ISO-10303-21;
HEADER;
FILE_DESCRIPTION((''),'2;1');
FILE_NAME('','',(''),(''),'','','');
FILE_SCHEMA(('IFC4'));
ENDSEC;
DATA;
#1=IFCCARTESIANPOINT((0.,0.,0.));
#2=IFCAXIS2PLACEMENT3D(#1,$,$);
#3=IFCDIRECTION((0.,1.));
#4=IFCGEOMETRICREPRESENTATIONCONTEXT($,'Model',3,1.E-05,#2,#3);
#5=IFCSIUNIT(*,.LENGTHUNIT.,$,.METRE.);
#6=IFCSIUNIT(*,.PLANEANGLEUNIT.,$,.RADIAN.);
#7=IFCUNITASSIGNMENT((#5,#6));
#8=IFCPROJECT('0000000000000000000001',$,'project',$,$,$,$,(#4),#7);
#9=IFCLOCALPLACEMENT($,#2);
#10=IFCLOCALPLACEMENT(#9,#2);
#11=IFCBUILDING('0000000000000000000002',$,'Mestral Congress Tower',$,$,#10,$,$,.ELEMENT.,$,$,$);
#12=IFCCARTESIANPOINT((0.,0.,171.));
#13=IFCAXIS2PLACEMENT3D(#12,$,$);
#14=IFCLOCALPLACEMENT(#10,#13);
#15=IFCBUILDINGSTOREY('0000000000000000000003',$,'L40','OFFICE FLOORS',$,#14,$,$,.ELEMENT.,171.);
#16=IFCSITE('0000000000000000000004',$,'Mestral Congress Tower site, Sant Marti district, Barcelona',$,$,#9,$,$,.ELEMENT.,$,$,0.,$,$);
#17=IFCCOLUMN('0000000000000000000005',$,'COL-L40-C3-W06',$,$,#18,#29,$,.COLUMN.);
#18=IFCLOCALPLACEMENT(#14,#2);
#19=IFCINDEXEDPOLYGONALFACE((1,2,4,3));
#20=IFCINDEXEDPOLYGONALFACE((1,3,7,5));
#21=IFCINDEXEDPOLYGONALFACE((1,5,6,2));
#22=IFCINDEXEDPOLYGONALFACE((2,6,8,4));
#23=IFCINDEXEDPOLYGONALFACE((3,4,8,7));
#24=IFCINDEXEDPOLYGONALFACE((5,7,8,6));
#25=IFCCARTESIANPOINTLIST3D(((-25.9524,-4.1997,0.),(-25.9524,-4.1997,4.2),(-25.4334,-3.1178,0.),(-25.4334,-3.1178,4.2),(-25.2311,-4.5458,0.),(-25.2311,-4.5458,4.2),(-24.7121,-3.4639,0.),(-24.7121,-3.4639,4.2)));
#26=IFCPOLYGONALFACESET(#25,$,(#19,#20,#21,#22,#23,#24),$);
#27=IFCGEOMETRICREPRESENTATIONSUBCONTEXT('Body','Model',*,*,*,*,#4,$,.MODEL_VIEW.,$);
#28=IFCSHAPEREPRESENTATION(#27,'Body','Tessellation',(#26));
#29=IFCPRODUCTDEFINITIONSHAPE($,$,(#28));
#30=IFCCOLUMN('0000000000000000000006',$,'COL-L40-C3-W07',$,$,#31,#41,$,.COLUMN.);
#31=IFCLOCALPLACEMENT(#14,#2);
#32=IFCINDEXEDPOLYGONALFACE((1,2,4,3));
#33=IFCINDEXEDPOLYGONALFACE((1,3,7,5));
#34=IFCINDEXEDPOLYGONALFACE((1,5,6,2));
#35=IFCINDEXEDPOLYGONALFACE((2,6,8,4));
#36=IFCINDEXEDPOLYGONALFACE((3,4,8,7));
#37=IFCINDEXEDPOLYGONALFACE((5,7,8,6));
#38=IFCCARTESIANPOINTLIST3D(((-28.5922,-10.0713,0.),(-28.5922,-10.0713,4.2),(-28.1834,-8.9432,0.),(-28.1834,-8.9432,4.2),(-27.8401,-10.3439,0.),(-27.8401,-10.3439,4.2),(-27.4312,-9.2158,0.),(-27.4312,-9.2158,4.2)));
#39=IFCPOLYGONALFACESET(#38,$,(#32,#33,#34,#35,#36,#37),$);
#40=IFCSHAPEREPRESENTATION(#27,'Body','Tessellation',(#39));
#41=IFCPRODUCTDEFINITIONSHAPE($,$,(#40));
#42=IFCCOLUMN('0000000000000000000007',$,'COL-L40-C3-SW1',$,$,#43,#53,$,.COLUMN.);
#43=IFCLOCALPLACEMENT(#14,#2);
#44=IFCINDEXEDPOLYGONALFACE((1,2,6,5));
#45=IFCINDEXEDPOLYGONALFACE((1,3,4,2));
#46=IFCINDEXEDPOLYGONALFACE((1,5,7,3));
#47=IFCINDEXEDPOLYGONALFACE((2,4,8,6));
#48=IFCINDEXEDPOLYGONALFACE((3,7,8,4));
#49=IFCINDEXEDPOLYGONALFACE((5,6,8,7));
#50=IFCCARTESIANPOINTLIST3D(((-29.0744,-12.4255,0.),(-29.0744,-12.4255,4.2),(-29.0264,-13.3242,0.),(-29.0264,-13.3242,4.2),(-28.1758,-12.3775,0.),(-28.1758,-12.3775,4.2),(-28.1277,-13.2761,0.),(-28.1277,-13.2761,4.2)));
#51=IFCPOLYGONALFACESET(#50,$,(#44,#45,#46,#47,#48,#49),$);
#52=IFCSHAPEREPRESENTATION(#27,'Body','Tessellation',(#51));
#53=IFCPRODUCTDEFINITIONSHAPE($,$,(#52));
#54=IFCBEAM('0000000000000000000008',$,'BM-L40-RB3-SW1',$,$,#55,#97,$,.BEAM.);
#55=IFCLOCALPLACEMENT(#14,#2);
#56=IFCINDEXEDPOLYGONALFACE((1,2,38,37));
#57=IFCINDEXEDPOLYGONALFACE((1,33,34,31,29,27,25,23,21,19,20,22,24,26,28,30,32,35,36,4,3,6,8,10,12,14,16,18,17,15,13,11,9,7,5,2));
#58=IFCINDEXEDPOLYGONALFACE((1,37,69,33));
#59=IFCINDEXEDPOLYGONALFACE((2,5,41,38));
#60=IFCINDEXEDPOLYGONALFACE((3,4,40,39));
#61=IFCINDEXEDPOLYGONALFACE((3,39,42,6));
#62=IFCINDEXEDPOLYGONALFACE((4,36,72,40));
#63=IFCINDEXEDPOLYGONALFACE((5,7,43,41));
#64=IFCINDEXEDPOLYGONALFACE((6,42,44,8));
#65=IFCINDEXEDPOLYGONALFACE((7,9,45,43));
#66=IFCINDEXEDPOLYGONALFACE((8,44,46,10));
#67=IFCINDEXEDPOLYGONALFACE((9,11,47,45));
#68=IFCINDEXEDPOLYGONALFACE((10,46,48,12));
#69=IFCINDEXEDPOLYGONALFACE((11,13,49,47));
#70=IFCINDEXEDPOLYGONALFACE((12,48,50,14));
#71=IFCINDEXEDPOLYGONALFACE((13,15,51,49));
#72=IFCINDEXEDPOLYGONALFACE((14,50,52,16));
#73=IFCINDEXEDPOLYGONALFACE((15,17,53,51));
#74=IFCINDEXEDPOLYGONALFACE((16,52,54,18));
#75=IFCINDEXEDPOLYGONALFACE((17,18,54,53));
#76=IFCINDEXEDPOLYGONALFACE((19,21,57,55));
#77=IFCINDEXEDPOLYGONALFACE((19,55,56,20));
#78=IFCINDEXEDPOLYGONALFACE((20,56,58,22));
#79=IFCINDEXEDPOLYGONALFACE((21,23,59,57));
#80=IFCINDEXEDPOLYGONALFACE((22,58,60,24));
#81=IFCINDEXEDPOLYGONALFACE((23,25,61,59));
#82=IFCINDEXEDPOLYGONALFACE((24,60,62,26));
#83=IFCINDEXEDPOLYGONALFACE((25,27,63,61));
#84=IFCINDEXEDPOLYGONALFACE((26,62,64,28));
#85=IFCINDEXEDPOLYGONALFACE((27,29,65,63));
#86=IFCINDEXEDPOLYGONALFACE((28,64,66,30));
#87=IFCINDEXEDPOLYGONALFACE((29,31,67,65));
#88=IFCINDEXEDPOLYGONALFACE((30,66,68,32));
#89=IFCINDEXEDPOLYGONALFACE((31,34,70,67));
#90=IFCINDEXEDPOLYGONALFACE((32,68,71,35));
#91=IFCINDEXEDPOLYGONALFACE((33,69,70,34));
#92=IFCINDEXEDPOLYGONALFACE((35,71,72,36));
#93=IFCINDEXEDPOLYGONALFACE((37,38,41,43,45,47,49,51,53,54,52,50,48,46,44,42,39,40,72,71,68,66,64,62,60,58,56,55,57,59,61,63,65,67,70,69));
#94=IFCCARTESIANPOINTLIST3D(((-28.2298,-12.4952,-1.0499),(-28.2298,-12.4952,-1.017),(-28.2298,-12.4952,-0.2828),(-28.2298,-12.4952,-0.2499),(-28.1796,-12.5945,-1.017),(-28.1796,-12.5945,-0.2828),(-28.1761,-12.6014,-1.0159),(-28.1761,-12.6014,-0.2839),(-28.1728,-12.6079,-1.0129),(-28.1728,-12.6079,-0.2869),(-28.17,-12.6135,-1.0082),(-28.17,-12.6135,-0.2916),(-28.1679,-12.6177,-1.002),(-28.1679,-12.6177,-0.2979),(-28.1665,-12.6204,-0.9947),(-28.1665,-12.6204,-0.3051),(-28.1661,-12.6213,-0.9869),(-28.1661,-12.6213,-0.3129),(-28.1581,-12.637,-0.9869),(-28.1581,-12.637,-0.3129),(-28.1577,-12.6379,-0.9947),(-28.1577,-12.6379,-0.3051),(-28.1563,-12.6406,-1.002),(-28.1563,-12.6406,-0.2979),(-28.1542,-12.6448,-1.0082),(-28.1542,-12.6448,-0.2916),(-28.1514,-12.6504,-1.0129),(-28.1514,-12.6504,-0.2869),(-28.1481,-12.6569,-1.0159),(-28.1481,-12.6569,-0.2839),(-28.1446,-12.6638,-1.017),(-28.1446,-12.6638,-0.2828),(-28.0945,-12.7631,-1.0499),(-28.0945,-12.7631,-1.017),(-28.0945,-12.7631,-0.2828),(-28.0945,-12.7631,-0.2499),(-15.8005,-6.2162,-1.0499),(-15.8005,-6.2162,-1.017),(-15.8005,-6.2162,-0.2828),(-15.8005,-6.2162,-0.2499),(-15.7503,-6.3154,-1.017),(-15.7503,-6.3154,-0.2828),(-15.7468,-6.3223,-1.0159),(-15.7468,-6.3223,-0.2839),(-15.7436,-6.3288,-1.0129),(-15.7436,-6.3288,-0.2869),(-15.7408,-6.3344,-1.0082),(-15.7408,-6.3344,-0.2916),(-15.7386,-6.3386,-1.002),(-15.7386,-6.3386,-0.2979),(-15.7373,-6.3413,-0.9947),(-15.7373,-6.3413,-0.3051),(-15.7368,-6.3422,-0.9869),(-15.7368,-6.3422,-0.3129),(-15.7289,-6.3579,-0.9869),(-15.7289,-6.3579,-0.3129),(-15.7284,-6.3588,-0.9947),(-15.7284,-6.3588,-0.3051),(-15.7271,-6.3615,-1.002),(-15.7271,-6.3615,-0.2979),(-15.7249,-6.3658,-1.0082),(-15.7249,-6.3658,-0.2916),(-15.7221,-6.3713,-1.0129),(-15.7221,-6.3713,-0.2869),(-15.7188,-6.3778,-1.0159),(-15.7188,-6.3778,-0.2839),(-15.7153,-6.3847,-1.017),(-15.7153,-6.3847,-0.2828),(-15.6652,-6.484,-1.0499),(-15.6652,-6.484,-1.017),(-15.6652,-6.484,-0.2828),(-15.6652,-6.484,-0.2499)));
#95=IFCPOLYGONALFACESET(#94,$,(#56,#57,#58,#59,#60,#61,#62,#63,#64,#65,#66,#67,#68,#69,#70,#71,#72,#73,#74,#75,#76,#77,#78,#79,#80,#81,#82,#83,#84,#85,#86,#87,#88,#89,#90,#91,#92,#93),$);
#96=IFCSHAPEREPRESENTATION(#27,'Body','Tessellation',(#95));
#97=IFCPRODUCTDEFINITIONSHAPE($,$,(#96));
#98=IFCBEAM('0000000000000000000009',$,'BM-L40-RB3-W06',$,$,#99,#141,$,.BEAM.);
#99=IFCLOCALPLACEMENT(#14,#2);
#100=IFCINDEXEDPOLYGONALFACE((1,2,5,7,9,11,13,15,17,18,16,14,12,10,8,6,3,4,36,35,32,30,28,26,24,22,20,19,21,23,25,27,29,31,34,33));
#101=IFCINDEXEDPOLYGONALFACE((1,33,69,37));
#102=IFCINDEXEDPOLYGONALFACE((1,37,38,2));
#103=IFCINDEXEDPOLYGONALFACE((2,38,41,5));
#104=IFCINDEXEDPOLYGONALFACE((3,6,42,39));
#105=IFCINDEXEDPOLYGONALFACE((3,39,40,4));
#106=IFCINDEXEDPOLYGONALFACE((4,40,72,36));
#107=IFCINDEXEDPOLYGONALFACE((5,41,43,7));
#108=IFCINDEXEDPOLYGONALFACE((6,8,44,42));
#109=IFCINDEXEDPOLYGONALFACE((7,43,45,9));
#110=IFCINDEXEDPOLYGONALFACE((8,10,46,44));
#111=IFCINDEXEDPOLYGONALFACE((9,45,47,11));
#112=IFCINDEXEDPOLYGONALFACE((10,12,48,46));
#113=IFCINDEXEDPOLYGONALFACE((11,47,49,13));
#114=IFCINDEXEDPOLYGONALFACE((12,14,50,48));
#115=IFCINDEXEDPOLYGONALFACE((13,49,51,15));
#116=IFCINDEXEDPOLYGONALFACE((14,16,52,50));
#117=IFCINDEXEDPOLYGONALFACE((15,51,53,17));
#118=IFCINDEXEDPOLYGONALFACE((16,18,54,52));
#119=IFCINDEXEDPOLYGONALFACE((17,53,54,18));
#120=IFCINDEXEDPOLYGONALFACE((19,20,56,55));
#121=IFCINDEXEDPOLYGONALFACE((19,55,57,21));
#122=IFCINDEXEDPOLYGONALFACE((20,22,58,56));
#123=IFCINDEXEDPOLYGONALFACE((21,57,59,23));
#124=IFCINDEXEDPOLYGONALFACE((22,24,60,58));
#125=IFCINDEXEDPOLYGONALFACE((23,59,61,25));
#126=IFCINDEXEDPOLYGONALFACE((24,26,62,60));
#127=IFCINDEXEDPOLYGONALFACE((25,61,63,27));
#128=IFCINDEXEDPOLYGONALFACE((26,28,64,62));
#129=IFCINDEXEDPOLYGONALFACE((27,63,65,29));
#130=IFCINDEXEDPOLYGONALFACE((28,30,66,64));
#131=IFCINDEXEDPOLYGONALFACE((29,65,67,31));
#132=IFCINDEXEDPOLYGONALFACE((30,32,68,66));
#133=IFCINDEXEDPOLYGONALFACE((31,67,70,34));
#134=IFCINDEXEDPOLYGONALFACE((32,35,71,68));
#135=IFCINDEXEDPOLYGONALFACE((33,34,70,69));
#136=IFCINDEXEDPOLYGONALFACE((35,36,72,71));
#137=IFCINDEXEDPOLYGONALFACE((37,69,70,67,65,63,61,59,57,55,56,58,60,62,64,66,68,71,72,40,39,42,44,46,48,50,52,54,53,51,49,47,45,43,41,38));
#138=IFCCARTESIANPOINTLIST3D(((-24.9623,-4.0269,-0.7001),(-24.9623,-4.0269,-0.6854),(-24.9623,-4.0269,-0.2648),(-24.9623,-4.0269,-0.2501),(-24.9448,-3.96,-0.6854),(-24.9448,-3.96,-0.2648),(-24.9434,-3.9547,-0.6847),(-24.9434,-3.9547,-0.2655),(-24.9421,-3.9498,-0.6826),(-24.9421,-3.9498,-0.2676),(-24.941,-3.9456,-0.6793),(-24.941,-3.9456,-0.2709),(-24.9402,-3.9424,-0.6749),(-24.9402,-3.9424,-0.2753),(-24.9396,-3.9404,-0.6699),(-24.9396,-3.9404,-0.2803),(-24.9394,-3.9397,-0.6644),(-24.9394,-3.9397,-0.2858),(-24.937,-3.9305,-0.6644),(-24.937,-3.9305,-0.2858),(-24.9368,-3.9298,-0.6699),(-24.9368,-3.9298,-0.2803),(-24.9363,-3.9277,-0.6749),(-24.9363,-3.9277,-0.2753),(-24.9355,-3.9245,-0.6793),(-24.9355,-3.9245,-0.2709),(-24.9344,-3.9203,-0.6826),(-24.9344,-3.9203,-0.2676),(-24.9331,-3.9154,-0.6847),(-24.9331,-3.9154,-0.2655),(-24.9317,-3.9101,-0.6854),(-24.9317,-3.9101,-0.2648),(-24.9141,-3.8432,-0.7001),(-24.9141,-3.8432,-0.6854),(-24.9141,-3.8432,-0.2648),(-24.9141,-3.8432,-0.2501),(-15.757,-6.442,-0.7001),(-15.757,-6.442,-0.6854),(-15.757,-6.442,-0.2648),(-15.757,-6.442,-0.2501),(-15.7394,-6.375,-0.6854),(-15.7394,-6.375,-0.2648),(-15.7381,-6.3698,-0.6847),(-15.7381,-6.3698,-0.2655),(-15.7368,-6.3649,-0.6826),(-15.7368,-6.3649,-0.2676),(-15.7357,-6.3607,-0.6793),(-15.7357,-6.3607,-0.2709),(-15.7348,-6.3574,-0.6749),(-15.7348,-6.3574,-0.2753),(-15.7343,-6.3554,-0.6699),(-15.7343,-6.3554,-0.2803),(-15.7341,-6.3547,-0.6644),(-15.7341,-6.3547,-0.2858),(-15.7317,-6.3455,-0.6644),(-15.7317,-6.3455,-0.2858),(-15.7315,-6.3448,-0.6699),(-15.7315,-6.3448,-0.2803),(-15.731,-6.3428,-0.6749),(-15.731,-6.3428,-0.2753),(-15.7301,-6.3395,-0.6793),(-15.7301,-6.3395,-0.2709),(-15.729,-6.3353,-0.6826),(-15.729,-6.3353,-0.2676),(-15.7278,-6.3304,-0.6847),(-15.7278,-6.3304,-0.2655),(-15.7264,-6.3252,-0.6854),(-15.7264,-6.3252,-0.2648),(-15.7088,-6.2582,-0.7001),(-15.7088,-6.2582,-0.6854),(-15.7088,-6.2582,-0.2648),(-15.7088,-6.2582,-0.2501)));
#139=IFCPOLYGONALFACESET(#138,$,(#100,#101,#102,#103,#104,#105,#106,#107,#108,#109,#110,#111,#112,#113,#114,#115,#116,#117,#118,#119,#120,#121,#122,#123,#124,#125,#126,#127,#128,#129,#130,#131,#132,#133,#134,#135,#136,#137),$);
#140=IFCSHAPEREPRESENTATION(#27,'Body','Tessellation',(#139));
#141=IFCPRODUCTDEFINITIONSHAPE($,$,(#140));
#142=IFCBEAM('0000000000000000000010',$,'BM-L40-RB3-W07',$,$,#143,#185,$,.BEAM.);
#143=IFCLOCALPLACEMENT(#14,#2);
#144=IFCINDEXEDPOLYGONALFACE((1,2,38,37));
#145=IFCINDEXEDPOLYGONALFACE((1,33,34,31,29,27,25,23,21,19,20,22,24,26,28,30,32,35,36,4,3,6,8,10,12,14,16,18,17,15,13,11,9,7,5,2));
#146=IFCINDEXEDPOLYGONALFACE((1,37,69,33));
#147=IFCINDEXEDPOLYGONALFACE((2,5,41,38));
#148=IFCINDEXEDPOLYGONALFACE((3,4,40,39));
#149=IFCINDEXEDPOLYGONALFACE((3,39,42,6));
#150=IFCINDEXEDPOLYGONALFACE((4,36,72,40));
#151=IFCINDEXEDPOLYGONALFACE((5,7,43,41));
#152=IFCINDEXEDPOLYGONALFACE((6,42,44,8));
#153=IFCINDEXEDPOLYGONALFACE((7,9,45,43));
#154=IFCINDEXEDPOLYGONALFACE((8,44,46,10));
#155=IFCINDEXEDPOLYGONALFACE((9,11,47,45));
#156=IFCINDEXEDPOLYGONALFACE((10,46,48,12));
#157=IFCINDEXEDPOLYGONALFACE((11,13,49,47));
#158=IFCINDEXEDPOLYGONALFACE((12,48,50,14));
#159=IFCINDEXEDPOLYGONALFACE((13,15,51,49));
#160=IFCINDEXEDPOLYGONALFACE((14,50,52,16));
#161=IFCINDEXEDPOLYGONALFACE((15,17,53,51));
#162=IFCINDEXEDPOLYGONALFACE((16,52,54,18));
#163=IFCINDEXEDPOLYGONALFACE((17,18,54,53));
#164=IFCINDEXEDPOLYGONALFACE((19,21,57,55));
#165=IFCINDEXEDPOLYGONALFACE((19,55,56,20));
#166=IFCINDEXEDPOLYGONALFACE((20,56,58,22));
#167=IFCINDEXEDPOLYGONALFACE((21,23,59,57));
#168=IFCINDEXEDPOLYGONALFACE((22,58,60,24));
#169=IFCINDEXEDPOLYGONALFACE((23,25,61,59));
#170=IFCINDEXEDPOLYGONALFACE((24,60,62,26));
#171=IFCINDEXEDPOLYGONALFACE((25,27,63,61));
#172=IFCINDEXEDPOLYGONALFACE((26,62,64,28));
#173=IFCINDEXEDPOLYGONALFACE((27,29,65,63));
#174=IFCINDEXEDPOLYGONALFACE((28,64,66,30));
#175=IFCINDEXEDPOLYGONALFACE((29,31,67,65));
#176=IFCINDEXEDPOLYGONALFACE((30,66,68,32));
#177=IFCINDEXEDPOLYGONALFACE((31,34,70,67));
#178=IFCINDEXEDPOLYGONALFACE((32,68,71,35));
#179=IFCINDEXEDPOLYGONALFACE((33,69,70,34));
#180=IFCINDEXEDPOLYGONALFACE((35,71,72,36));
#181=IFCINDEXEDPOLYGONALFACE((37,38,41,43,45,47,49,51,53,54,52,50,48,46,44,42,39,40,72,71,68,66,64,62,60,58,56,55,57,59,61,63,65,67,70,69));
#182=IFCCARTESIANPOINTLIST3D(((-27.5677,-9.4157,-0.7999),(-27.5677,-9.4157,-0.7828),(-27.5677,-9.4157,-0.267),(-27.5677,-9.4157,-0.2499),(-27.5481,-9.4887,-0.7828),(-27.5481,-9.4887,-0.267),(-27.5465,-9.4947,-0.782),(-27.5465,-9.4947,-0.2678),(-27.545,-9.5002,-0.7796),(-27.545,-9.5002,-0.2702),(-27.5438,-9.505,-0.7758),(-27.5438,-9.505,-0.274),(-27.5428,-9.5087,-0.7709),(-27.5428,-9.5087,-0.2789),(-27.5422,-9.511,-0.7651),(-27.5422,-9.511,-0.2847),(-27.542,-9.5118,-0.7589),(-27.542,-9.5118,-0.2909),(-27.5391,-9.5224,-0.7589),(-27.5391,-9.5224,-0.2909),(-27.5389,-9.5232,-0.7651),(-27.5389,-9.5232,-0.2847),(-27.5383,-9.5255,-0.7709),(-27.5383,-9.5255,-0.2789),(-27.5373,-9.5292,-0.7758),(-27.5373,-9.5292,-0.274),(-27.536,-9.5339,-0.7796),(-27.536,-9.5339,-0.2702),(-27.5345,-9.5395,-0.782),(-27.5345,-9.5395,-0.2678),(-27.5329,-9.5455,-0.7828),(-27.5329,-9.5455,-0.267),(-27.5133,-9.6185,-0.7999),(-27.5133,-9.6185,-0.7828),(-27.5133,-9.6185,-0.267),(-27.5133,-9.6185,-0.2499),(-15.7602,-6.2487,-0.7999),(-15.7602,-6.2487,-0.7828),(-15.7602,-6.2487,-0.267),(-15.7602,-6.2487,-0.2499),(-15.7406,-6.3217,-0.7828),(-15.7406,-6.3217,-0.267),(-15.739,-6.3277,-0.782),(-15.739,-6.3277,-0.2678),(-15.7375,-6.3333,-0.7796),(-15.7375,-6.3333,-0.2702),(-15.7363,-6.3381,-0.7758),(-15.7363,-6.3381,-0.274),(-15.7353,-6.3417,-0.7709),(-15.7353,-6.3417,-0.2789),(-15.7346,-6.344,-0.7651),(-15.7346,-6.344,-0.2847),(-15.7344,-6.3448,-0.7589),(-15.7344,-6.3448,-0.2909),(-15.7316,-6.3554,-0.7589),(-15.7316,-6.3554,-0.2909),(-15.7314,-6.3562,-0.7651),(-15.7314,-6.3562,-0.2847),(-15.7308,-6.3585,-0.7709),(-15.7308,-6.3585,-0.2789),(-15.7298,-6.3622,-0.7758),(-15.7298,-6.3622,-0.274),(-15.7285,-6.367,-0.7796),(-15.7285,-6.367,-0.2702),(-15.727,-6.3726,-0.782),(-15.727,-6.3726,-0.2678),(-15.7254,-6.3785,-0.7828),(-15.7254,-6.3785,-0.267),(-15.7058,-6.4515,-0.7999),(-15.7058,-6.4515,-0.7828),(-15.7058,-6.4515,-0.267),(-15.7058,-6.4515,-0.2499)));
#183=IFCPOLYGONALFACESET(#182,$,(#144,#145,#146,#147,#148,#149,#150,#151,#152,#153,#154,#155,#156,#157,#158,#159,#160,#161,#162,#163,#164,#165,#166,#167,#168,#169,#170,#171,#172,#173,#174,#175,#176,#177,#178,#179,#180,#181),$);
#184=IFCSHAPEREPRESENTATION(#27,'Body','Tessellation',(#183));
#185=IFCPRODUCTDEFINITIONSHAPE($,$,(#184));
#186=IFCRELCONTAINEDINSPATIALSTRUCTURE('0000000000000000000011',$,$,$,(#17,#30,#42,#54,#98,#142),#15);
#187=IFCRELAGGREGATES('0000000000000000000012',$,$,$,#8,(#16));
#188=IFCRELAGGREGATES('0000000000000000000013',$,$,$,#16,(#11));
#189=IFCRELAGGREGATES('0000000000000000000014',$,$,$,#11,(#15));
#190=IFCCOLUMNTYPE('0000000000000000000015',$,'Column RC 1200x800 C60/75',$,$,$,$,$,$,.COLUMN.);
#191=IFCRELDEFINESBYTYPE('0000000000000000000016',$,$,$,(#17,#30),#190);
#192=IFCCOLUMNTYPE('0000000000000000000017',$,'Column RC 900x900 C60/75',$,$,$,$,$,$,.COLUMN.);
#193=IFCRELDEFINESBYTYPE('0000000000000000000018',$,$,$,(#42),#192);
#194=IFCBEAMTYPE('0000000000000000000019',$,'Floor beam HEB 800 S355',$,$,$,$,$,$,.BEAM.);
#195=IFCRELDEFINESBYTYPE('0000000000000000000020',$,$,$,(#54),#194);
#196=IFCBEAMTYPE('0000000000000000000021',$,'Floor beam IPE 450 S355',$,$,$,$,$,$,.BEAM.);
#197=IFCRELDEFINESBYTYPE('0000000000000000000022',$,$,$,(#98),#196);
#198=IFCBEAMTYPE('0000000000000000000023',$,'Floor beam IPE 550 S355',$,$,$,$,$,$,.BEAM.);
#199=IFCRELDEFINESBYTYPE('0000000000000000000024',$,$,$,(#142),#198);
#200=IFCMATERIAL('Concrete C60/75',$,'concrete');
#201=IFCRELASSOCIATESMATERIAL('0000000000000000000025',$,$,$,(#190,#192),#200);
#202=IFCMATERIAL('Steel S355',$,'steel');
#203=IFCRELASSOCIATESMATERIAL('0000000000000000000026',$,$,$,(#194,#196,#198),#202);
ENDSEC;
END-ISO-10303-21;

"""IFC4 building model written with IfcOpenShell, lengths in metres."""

from ifc_helpers import new_model, si_unit, direction, frame, origin, origin_2d, place, context, subcontext, project, spatial, rectangle, i_section, extrude, material, material_profile, profile_set, type_object, element, save


model = new_model("IFC4")

# Units and contexts
model_context = context("Model", 3, precision=1e-05, world=origin(), true_north=direction((0.0, 1.0)))
body_context = subcontext(model_context, "Body", "Model", "MODEL_VIEW")
ifc_project = project(units=[si_unit("LENGTHUNIT", "METRE"), si_unit("PLANEANGLEUNIT", "RADIAN")], contexts=[model_context])

# Site, building, storey
site_placement = place(None, origin())
site = spatial("IfcSite", under=ifc_project, at=site_placement, Name="Mestral Congress Tower site, Sant Marti district, Barcelona", CompositionType="ELEMENT", RefElevation=0.0)
building_placement = place(site_placement, origin())
building = spatial("IfcBuilding", under=site, at=building_placement, Name="Mestral Congress Tower", CompositionType="ELEMENT")
storey_placement = place(building_placement, frame((0.0, 0.0, 171.0)))
storey = spatial("IfcBuildingStorey", under=building, at=storey_placement, Name="L40", Description="OFFICE FLOORS", CompositionType="ELEMENT", Elevation=171.0)

# Columns
ifc_material_1 = material(Name="Concrete C60/75", Category="concrete")
ifc_material_profile_1 = material_profile(ifc_material_1, rectangle(XDim=1.2, YDim=0.8, at=origin_2d()), Name="RC 1200x800")
ifc_profile_set_1 = profile_set([ifc_material_profile_1], Name="Concrete C60/75")
column_type_1 = type_object("IfcColumnType", Name="Column RC 1200x800 C60/75", PredefinedType="COLUMN", material=ifc_profile_set_1)
for number, where, z_axis, x_axis, name in (
    (1, (-25.3323, -3.8318, 0.0), (0.0, 0.0, 1.0), (-0.432522, -0.901624, 0.0), "COL-L40-C3-W06"),
    (2, (-28.0117, -9.6436, 0.0), (0.0, 0.0, 1.0), (-0.340744, -0.940156, 0.0), "COL-L40-C3-W07"),
):
    element("IfcColumn", number, at=place(storey_placement, frame(where, z_axis=z_axis, x_axis=x_axis)), inside=storey, type_object=column_type_1, Name=name, PredefinedType="COLUMN", context=body_context, shape_type="SweptSolid", body=[
        extrude(rectangle(XDim=1.2, YDim=0.8, at=origin_2d()), origin(), (0.0, 0.0, 1.0), 4.2),
    ])
ifc_material_profile_2 = material_profile(ifc_material_1, rectangle(XDim=0.8999, YDim=0.8999, at=origin_2d()), Name="RC 900x900")
ifc_profile_set_2 = profile_set([ifc_material_profile_2], Name="Concrete C60/75")
column_type_2 = type_object("IfcColumnType", Name="Column RC 900x900 C60/75", PredefinedType="COLUMN", material=ifc_profile_set_2)
column_placement = place(storey_placement, frame((-28.6011, -12.8508, 0.0), z_axis=(0.0, 0.0, 1.0), x_axis=(0.053392, -0.998574, 0.0)))
element("IfcColumn", 3, at=column_placement, inside=storey, type_object=column_type_2, Name="COL-L40-C3-SW1", PredefinedType="COLUMN", context=body_context, shape_type="SweptSolid", body=[
    extrude(rectangle(XDim=0.8999, YDim=0.8999, at=origin_2d()), origin(), (0.0, 0.0, 1.0), 4.2),
])

# Beams
ifc_material_2 = material(Name="Steel S355", Category="steel")
ifc_material_profile_3 = material_profile(ifc_material_2, i_section(OverallWidth=0.3, OverallDepth=0.8, WebThickness=0.0176, FlangeThickness=0.033, FilletRadius=0.03, at=origin_2d()), Name="HEB 800")
ifc_profile_set_3 = profile_set([ifc_material_profile_3], Name="Steel S355")
beam_type_1 = type_object("IfcBeamType", Name="Floor beam HEB 800 S355", PredefinedType="BEAM", material=ifc_profile_set_3)
beam_1_placement = place(storey_placement, frame((-28.1621, -12.6292, -0.6499), z_axis=(0.892568, 0.450913, 0.0), x_axis=(-0.450913, 0.892568, 0.0)))
element("IfcBeam", 4, at=beam_1_placement, inside=storey, type_object=beam_type_1, Name="BM-L40-RB3-SW1", PredefinedType="BEAM", context=body_context, shape_type="SweptSolid", body=[
    extrude(i_section(OverallWidth=0.3, OverallDepth=0.8, WebThickness=0.0176, FlangeThickness=0.033, FilletRadius=0.03, at=origin_2d()), origin(), (0.0, 0.0, 1.0), 13.9253),
])
ifc_material_profile_4 = material_profile(ifc_material_2, i_section(OverallWidth=0.1899, OverallDepth=0.45, WebThickness=0.0095, FlangeThickness=0.0146, FilletRadius=0.021, at=origin_2d()), Name="IPE 450")
ifc_profile_set_4 = profile_set([ifc_material_profile_4], Name="Steel S355")
beam_type_2 = type_object("IfcBeamType", Name="Floor beam IPE 450 S355", PredefinedType="BEAM", material=ifc_profile_set_4)
beam_2_placement = place(storey_placement, frame((-24.9382, -3.9351, -0.4751), z_axis=(0.967266, -0.253765, 0.0), x_axis=(0.253765, 0.967266, 0.0)))
element("IfcBeam", 5, at=beam_2_placement, inside=storey, type_object=beam_type_2, Name="BM-L40-RB3-W06", PredefinedType="BEAM", context=body_context, shape_type="SweptSolid", body=[
    extrude(i_section(OverallWidth=0.1899, OverallDepth=0.45, WebThickness=0.0095, FlangeThickness=0.0146, FilletRadius=0.021, at=origin_2d()), origin(), (0.0, 0.0, 1.0), 9.5168),
])
ifc_material_profile_5 = material_profile(ifc_material_2, i_section(OverallWidth=0.21, OverallDepth=0.55, WebThickness=0.011, FlangeThickness=0.0171, FilletRadius=0.0239, at=origin_2d()), Name="IPE 550")
ifc_profile_set_5 = profile_set([ifc_material_profile_5], Name="Steel S355")
beam_type_3 = type_object("IfcBeamType", Name="Floor beam IPE 550 S355", PredefinedType="BEAM", material=ifc_profile_set_5)
beam_3_placement = place(storey_placement, frame((-27.5405, -9.5171, -0.5249), z_axis=(0.965861, 0.259059, 0.0), x_axis=(-0.259059, 0.965861, 0.0)))
element("IfcBeam", 6, at=beam_3_placement, inside=storey, type_object=beam_type_3, Name="BM-L40-RB3-W07", PredefinedType="BEAM", context=body_context, shape_type="SweptSolid", body=[
    extrude(i_section(OverallWidth=0.21, OverallDepth=0.55, WebThickness=0.011, FlangeThickness=0.0171, FilletRadius=0.0239, at=origin_2d()), origin(), (0.0, 0.0, 1.0), 12.2249),
])

save(model, "model.ifc")
